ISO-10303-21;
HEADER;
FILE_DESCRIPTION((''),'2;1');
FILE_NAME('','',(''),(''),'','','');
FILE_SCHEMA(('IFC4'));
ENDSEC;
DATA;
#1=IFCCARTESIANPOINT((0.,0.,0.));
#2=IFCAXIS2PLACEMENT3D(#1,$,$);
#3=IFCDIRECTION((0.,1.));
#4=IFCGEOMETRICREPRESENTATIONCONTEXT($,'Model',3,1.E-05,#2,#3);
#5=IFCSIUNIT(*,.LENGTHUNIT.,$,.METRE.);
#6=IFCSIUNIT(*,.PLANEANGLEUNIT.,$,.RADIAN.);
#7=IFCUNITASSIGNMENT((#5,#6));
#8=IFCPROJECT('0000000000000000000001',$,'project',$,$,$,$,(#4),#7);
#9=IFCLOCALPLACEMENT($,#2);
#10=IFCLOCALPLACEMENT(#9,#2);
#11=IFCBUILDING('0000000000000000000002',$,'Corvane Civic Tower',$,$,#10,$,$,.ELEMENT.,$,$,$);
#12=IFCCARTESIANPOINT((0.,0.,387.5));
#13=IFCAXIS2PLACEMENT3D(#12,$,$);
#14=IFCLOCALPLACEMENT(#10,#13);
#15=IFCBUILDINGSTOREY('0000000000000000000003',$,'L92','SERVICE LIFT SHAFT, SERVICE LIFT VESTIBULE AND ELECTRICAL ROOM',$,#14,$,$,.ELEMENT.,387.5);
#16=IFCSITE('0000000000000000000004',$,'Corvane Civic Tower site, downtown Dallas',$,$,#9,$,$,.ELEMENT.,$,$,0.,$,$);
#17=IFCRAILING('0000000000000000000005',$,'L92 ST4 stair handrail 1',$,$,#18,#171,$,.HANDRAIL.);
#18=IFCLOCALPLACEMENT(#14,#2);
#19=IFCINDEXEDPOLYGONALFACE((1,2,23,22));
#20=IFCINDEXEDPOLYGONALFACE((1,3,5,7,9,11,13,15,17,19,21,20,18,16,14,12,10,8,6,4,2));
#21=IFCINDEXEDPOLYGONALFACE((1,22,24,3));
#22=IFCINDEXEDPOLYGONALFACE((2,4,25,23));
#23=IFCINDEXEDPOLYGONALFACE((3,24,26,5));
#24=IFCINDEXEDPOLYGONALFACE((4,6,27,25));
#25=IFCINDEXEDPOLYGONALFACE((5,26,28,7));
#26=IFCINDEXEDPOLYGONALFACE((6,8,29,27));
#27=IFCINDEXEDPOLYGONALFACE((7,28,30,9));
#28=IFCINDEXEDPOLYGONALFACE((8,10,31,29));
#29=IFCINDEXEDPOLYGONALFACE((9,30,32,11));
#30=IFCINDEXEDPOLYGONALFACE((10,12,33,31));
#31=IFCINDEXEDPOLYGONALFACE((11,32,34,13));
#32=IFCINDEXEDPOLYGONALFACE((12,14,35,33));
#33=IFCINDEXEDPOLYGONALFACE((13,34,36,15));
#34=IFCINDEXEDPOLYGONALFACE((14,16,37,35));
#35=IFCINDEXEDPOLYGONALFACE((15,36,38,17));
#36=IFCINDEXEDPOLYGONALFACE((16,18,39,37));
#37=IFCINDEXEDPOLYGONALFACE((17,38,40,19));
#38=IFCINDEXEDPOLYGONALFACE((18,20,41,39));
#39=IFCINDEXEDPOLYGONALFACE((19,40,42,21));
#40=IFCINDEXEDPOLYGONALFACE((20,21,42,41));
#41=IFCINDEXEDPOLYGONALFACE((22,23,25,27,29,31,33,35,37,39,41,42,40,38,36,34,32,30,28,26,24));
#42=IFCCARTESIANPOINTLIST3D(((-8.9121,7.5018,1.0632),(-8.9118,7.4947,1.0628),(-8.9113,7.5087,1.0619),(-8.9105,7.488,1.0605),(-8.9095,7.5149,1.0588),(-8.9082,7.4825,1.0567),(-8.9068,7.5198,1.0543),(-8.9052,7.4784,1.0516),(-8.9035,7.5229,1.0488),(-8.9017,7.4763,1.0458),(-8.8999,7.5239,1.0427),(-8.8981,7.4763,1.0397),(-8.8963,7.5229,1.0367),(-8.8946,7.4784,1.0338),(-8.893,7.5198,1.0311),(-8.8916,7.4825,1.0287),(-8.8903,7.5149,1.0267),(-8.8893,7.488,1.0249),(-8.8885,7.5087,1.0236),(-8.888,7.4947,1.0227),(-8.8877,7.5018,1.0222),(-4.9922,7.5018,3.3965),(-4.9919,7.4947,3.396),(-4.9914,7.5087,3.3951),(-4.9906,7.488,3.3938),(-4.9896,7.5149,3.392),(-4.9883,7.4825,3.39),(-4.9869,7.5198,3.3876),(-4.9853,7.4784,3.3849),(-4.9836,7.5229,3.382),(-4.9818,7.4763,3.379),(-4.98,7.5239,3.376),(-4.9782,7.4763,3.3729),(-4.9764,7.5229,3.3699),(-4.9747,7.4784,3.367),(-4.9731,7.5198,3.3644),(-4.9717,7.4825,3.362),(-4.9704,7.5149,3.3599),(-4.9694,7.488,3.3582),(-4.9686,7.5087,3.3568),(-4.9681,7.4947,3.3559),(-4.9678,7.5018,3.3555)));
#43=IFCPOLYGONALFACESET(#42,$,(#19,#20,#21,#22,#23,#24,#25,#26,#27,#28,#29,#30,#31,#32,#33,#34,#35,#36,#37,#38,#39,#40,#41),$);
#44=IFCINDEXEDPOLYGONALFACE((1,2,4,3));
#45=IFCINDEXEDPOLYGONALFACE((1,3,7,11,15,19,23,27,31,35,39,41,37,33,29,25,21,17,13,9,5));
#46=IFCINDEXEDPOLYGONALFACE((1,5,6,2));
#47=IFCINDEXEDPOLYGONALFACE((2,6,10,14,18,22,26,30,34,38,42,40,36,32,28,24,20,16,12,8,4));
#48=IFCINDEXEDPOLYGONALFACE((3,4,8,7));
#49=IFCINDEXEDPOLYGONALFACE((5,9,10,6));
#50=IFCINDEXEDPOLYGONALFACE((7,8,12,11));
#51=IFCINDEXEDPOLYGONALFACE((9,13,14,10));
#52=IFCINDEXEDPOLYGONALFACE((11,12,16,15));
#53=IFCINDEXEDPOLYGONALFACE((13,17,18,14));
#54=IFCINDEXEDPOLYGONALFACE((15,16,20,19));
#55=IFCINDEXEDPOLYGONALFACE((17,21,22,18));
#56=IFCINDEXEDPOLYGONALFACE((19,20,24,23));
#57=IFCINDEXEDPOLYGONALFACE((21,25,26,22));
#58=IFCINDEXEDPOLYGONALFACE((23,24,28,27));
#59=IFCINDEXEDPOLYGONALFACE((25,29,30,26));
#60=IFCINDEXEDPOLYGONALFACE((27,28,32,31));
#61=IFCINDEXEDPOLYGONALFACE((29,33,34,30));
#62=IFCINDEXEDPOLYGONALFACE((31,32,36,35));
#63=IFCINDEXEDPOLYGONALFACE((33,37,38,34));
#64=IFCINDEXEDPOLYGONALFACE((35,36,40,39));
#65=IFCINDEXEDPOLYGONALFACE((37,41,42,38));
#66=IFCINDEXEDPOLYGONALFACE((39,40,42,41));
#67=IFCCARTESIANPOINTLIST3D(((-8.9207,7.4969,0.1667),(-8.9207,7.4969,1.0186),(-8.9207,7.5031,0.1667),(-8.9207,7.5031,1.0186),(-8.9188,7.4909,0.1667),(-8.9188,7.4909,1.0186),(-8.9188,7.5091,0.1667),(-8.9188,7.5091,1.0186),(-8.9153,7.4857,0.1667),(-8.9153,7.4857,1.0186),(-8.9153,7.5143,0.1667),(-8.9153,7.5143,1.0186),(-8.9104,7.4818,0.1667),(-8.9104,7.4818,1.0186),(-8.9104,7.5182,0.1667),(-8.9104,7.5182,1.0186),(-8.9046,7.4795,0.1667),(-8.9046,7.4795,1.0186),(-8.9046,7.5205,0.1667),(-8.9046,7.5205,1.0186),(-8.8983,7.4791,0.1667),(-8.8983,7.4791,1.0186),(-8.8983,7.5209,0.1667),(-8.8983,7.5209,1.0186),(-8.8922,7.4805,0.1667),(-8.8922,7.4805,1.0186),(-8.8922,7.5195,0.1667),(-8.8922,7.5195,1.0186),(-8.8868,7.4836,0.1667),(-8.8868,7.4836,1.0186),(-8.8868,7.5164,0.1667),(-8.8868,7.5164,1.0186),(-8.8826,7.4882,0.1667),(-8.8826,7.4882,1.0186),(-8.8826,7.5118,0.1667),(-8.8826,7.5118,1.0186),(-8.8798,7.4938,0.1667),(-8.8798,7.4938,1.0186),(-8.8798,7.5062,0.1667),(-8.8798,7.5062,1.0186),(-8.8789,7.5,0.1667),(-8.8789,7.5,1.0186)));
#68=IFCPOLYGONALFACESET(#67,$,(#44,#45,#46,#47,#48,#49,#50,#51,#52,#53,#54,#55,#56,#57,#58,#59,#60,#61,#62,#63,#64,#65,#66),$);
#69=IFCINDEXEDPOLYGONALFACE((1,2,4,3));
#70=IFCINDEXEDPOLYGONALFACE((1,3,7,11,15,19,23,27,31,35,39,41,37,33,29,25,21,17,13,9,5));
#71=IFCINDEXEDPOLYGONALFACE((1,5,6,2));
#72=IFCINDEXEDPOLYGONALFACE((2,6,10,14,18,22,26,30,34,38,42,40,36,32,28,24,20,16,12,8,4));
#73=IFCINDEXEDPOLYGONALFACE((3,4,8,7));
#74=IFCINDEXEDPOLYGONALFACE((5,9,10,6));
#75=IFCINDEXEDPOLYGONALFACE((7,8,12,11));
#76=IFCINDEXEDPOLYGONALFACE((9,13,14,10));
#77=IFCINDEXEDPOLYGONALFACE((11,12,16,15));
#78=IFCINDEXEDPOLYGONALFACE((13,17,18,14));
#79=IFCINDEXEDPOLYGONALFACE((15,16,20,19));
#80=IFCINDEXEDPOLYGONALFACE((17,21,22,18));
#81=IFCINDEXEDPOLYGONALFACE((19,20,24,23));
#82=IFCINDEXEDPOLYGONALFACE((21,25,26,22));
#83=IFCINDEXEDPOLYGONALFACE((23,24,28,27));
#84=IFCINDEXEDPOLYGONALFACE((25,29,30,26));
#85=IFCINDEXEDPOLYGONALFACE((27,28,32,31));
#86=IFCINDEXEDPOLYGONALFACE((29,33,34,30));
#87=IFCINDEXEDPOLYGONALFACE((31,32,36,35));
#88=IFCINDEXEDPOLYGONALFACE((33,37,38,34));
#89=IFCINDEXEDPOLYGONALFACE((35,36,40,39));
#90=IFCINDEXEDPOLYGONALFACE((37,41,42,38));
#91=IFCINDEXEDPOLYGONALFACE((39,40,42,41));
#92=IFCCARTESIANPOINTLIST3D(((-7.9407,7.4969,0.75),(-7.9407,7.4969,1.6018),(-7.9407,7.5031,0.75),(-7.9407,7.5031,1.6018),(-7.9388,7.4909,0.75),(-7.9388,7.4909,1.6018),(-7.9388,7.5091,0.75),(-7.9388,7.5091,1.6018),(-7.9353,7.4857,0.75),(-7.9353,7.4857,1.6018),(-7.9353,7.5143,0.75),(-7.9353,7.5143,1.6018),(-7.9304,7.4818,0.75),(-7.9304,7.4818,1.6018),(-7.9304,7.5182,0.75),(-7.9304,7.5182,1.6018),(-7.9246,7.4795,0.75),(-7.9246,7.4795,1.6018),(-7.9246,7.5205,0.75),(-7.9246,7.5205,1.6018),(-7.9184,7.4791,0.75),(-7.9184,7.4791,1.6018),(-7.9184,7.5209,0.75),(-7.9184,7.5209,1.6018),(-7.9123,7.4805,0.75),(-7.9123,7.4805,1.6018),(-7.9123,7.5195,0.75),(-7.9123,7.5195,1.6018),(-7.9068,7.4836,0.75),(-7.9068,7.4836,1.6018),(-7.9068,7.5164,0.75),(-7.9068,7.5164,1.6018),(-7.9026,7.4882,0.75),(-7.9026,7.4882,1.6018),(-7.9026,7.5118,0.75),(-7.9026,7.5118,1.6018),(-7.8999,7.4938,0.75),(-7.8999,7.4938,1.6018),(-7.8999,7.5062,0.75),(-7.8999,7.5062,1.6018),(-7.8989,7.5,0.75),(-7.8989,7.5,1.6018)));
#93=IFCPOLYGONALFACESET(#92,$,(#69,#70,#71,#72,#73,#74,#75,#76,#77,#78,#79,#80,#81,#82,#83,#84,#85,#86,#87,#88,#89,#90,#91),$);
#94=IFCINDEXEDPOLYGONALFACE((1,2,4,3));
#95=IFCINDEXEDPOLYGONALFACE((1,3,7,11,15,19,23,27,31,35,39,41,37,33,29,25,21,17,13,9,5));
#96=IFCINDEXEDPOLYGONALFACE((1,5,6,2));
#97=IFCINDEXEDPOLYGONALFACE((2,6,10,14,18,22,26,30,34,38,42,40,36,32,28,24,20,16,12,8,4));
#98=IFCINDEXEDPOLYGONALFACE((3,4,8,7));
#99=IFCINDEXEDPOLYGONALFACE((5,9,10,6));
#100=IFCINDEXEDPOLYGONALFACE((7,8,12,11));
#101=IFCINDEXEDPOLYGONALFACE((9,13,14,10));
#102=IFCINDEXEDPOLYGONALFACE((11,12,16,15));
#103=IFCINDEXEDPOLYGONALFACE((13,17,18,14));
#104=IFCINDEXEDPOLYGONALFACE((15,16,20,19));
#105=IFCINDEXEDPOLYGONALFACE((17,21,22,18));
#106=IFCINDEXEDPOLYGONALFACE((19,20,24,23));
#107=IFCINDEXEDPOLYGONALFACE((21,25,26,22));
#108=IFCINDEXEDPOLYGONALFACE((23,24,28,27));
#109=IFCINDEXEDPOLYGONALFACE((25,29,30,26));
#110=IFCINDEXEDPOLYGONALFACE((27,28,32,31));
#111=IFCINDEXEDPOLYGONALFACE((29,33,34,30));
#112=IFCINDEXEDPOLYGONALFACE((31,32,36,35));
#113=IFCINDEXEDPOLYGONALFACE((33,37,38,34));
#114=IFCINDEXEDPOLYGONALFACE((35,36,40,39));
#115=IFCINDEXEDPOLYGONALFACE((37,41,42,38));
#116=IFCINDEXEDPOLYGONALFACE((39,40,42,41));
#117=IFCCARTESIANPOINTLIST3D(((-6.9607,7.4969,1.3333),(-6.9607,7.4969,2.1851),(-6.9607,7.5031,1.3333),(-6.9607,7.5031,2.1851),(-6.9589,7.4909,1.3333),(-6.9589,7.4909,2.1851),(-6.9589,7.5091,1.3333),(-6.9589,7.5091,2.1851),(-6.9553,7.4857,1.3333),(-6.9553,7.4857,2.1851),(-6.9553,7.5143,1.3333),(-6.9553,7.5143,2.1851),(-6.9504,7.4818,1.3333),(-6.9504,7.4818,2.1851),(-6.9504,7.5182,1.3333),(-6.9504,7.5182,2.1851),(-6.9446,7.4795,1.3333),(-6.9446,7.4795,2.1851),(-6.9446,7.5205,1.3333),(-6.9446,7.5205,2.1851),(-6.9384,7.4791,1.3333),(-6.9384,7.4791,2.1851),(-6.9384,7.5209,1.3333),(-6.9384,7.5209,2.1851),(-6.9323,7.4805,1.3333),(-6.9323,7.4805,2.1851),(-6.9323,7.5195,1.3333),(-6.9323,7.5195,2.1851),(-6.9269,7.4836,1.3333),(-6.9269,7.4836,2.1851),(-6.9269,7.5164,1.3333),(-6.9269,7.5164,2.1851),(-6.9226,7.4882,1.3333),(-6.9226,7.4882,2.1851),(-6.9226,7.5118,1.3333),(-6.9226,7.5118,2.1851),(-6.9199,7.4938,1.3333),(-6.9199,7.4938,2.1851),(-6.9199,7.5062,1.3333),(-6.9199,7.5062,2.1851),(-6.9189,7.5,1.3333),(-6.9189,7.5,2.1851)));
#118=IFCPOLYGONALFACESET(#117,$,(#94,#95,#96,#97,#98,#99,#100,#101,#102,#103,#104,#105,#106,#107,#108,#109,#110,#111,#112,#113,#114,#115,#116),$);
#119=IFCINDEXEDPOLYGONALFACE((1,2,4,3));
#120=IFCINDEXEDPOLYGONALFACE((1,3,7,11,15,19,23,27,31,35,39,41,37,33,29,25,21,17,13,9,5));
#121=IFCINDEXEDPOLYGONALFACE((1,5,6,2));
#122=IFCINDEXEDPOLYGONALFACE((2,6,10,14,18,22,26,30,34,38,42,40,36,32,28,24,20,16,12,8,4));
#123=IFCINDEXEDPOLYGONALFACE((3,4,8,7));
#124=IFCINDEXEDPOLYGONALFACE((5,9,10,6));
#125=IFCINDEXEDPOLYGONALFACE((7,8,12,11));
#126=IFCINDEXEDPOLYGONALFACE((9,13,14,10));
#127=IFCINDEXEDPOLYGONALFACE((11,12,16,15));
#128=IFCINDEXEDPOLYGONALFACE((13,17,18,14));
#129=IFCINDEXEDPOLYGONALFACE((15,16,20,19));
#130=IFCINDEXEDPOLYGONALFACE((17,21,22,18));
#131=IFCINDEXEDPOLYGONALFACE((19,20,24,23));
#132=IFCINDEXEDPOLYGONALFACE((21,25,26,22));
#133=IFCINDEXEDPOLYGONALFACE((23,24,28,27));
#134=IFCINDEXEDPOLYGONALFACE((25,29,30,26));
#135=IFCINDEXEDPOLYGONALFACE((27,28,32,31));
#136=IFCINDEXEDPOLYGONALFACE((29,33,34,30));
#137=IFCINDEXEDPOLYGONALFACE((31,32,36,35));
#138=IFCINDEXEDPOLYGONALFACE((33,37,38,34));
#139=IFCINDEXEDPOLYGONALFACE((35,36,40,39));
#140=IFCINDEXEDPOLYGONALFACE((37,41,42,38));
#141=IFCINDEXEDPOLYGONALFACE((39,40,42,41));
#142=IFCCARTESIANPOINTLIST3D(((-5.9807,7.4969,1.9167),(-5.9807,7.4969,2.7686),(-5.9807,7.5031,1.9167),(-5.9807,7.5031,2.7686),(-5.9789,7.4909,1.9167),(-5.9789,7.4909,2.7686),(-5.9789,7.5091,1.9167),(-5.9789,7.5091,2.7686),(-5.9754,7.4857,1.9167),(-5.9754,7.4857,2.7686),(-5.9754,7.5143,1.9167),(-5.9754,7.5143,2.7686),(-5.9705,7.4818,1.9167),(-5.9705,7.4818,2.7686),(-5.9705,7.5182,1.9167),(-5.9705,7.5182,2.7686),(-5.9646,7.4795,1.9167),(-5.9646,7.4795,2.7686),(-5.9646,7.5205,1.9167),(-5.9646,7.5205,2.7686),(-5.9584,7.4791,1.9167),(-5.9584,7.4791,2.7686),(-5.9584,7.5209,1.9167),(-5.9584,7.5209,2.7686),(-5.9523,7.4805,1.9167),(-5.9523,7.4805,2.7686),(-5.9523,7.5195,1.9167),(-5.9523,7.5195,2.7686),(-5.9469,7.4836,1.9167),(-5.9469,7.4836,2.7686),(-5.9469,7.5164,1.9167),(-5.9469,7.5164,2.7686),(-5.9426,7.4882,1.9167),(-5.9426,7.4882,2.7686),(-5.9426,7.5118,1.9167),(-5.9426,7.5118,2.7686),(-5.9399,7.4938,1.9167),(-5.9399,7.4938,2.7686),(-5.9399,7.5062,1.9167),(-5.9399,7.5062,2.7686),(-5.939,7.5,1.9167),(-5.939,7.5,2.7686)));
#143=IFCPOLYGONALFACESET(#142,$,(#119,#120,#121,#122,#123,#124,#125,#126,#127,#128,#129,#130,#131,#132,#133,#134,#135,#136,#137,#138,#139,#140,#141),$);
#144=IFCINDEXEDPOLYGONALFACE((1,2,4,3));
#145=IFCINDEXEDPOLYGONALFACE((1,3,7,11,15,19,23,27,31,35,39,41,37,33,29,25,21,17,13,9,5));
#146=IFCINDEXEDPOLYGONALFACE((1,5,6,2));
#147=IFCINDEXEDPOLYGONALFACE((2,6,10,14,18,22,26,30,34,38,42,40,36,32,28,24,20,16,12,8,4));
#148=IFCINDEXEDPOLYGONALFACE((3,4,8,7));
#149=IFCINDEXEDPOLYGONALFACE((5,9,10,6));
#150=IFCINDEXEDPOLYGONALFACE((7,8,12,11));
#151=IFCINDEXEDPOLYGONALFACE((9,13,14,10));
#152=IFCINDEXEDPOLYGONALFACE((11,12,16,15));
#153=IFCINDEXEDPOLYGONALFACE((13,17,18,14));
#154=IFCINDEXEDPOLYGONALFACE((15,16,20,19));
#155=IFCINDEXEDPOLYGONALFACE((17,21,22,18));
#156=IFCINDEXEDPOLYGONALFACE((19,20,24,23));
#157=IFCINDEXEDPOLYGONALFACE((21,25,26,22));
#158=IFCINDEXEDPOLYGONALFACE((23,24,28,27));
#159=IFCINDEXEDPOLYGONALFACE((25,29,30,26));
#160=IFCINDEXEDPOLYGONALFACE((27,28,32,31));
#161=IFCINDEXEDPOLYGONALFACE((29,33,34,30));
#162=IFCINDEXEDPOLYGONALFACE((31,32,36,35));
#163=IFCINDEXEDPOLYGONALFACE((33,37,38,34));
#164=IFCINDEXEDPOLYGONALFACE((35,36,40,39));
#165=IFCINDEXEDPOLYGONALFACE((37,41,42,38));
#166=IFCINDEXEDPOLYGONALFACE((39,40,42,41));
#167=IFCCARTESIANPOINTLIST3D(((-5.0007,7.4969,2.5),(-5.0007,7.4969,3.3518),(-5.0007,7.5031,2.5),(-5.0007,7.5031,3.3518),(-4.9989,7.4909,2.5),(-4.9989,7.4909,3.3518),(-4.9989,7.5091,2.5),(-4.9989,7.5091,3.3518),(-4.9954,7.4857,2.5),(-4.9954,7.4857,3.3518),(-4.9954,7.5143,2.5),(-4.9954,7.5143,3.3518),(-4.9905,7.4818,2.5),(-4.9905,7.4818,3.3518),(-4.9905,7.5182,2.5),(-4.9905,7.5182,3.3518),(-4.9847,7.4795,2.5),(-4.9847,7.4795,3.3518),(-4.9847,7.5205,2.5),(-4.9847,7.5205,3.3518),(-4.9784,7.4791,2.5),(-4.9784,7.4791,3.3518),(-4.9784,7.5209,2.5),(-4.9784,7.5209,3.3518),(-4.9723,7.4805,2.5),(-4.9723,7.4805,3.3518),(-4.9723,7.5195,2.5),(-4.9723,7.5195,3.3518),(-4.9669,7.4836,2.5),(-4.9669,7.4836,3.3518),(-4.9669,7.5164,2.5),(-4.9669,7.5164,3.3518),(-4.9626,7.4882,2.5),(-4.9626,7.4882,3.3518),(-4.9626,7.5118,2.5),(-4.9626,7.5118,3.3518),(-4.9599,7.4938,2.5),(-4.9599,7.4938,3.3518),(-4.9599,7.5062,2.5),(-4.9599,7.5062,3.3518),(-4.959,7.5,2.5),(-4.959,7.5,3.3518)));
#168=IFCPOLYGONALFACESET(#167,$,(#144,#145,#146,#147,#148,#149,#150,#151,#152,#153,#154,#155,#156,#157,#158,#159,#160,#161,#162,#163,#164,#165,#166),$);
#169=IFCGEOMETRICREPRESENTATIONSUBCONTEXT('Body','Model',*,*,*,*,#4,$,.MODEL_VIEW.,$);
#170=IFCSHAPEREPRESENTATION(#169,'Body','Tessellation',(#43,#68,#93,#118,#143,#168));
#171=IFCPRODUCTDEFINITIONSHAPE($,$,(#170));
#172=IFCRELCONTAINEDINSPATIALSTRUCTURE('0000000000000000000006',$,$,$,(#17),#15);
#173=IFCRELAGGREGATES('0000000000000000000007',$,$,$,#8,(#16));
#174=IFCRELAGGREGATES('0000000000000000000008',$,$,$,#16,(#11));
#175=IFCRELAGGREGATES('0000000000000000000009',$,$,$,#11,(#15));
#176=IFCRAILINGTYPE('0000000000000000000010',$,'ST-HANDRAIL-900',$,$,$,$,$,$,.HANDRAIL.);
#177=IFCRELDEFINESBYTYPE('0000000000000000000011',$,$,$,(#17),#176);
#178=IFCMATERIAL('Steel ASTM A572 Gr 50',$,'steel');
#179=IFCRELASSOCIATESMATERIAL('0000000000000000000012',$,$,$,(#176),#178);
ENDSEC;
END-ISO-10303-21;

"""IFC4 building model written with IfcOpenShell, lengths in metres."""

from ifc_helpers import new_model, si_unit, direction, frame, origin, origin_2d, place, context, subcontext, project, spatial, circle, extrude, material, type_object, element, save


model = new_model("IFC4")

# Units and contexts
model_context = context("Model", 3, precision=1e-05, world=origin(), true_north=direction((0.0, 1.0)))
body_context = subcontext(model_context, "Body", "Model", "MODEL_VIEW")
ifc_project = project(units=[si_unit("LENGTHUNIT", "METRE"), si_unit("PLANEANGLEUNIT", "RADIAN")], contexts=[model_context])

# Site, building, storey
site_placement = place(None, origin())
site = spatial("IfcSite", under=ifc_project, at=site_placement, Name="Corvane Civic Tower site, downtown Dallas", CompositionType="ELEMENT", RefElevation=0.0)
building_placement = place(site_placement, origin())
building = spatial("IfcBuilding", under=site, at=building_placement, Name="Corvane Civic Tower", CompositionType="ELEMENT")
storey_placement = place(building_placement, frame((0.0, 0.0, 387.5)))
storey = spatial("IfcBuildingStorey", under=building, at=storey_placement, Name="L92", Description="SERVICE LIFT SHAFT, SERVICE LIFT VESTIBULE AND ELECTRICAL ROOM", CompositionType="ELEMENT", Elevation=387.5)

# Railing
ifc_material_1 = material(Name="Steel ASTM A572 Gr 50", Category="steel")
railing_type_1 = type_object("IfcRailingType", Name="ST-HANDRAIL-900", PredefinedType="HANDRAIL", material=ifc_material_1)
railing_1_placement = place(storey_placement, frame((-8.8999, 7.5, 0.1667)))
element("IfcRailing", 1, at=railing_1_placement, inside=storey, type_object=railing_type_1, Name="L92 ST4 stair handrail 1", PredefinedType="HANDRAIL", context=body_context, shape_type="SweptSolid", body=[
    extrude(circle(Radius=0.0239, at=origin_2d()), frame((0.0, 0.0, 0.876), z_axis=(0.859296, 0.0, 0.511478), x_axis=(0.0, 1.0, 0.0)), (0.0, 0.0, 1.0), 4.5618),
    extrude(circle(Radius=0.021, at=origin_2d()), origin(), (0.0, 0.0, 1.0), 0.8518),
    extrude(circle(Radius=0.021, at=origin_2d()), frame((0.98, 0.0, 0.5833)), (0.0, 0.0, 1.0), 0.8518),
    extrude(circle(Radius=0.021, at=origin_2d()), frame((1.96, 0.0, 1.1665)), (0.0, 0.0, 1.0), 0.8518),
    extrude(circle(Radius=0.021, at=origin_2d()), frame((2.9399, 0.0, 1.75)), (0.0, 0.0, 1.0), 0.8518),
    extrude(circle(Radius=0.021, at=origin_2d()), frame((3.9199, 0.0, 2.3333)), (0.0, 0.0, 1.0), 0.8518),
])

save(model, "model.ifc")
